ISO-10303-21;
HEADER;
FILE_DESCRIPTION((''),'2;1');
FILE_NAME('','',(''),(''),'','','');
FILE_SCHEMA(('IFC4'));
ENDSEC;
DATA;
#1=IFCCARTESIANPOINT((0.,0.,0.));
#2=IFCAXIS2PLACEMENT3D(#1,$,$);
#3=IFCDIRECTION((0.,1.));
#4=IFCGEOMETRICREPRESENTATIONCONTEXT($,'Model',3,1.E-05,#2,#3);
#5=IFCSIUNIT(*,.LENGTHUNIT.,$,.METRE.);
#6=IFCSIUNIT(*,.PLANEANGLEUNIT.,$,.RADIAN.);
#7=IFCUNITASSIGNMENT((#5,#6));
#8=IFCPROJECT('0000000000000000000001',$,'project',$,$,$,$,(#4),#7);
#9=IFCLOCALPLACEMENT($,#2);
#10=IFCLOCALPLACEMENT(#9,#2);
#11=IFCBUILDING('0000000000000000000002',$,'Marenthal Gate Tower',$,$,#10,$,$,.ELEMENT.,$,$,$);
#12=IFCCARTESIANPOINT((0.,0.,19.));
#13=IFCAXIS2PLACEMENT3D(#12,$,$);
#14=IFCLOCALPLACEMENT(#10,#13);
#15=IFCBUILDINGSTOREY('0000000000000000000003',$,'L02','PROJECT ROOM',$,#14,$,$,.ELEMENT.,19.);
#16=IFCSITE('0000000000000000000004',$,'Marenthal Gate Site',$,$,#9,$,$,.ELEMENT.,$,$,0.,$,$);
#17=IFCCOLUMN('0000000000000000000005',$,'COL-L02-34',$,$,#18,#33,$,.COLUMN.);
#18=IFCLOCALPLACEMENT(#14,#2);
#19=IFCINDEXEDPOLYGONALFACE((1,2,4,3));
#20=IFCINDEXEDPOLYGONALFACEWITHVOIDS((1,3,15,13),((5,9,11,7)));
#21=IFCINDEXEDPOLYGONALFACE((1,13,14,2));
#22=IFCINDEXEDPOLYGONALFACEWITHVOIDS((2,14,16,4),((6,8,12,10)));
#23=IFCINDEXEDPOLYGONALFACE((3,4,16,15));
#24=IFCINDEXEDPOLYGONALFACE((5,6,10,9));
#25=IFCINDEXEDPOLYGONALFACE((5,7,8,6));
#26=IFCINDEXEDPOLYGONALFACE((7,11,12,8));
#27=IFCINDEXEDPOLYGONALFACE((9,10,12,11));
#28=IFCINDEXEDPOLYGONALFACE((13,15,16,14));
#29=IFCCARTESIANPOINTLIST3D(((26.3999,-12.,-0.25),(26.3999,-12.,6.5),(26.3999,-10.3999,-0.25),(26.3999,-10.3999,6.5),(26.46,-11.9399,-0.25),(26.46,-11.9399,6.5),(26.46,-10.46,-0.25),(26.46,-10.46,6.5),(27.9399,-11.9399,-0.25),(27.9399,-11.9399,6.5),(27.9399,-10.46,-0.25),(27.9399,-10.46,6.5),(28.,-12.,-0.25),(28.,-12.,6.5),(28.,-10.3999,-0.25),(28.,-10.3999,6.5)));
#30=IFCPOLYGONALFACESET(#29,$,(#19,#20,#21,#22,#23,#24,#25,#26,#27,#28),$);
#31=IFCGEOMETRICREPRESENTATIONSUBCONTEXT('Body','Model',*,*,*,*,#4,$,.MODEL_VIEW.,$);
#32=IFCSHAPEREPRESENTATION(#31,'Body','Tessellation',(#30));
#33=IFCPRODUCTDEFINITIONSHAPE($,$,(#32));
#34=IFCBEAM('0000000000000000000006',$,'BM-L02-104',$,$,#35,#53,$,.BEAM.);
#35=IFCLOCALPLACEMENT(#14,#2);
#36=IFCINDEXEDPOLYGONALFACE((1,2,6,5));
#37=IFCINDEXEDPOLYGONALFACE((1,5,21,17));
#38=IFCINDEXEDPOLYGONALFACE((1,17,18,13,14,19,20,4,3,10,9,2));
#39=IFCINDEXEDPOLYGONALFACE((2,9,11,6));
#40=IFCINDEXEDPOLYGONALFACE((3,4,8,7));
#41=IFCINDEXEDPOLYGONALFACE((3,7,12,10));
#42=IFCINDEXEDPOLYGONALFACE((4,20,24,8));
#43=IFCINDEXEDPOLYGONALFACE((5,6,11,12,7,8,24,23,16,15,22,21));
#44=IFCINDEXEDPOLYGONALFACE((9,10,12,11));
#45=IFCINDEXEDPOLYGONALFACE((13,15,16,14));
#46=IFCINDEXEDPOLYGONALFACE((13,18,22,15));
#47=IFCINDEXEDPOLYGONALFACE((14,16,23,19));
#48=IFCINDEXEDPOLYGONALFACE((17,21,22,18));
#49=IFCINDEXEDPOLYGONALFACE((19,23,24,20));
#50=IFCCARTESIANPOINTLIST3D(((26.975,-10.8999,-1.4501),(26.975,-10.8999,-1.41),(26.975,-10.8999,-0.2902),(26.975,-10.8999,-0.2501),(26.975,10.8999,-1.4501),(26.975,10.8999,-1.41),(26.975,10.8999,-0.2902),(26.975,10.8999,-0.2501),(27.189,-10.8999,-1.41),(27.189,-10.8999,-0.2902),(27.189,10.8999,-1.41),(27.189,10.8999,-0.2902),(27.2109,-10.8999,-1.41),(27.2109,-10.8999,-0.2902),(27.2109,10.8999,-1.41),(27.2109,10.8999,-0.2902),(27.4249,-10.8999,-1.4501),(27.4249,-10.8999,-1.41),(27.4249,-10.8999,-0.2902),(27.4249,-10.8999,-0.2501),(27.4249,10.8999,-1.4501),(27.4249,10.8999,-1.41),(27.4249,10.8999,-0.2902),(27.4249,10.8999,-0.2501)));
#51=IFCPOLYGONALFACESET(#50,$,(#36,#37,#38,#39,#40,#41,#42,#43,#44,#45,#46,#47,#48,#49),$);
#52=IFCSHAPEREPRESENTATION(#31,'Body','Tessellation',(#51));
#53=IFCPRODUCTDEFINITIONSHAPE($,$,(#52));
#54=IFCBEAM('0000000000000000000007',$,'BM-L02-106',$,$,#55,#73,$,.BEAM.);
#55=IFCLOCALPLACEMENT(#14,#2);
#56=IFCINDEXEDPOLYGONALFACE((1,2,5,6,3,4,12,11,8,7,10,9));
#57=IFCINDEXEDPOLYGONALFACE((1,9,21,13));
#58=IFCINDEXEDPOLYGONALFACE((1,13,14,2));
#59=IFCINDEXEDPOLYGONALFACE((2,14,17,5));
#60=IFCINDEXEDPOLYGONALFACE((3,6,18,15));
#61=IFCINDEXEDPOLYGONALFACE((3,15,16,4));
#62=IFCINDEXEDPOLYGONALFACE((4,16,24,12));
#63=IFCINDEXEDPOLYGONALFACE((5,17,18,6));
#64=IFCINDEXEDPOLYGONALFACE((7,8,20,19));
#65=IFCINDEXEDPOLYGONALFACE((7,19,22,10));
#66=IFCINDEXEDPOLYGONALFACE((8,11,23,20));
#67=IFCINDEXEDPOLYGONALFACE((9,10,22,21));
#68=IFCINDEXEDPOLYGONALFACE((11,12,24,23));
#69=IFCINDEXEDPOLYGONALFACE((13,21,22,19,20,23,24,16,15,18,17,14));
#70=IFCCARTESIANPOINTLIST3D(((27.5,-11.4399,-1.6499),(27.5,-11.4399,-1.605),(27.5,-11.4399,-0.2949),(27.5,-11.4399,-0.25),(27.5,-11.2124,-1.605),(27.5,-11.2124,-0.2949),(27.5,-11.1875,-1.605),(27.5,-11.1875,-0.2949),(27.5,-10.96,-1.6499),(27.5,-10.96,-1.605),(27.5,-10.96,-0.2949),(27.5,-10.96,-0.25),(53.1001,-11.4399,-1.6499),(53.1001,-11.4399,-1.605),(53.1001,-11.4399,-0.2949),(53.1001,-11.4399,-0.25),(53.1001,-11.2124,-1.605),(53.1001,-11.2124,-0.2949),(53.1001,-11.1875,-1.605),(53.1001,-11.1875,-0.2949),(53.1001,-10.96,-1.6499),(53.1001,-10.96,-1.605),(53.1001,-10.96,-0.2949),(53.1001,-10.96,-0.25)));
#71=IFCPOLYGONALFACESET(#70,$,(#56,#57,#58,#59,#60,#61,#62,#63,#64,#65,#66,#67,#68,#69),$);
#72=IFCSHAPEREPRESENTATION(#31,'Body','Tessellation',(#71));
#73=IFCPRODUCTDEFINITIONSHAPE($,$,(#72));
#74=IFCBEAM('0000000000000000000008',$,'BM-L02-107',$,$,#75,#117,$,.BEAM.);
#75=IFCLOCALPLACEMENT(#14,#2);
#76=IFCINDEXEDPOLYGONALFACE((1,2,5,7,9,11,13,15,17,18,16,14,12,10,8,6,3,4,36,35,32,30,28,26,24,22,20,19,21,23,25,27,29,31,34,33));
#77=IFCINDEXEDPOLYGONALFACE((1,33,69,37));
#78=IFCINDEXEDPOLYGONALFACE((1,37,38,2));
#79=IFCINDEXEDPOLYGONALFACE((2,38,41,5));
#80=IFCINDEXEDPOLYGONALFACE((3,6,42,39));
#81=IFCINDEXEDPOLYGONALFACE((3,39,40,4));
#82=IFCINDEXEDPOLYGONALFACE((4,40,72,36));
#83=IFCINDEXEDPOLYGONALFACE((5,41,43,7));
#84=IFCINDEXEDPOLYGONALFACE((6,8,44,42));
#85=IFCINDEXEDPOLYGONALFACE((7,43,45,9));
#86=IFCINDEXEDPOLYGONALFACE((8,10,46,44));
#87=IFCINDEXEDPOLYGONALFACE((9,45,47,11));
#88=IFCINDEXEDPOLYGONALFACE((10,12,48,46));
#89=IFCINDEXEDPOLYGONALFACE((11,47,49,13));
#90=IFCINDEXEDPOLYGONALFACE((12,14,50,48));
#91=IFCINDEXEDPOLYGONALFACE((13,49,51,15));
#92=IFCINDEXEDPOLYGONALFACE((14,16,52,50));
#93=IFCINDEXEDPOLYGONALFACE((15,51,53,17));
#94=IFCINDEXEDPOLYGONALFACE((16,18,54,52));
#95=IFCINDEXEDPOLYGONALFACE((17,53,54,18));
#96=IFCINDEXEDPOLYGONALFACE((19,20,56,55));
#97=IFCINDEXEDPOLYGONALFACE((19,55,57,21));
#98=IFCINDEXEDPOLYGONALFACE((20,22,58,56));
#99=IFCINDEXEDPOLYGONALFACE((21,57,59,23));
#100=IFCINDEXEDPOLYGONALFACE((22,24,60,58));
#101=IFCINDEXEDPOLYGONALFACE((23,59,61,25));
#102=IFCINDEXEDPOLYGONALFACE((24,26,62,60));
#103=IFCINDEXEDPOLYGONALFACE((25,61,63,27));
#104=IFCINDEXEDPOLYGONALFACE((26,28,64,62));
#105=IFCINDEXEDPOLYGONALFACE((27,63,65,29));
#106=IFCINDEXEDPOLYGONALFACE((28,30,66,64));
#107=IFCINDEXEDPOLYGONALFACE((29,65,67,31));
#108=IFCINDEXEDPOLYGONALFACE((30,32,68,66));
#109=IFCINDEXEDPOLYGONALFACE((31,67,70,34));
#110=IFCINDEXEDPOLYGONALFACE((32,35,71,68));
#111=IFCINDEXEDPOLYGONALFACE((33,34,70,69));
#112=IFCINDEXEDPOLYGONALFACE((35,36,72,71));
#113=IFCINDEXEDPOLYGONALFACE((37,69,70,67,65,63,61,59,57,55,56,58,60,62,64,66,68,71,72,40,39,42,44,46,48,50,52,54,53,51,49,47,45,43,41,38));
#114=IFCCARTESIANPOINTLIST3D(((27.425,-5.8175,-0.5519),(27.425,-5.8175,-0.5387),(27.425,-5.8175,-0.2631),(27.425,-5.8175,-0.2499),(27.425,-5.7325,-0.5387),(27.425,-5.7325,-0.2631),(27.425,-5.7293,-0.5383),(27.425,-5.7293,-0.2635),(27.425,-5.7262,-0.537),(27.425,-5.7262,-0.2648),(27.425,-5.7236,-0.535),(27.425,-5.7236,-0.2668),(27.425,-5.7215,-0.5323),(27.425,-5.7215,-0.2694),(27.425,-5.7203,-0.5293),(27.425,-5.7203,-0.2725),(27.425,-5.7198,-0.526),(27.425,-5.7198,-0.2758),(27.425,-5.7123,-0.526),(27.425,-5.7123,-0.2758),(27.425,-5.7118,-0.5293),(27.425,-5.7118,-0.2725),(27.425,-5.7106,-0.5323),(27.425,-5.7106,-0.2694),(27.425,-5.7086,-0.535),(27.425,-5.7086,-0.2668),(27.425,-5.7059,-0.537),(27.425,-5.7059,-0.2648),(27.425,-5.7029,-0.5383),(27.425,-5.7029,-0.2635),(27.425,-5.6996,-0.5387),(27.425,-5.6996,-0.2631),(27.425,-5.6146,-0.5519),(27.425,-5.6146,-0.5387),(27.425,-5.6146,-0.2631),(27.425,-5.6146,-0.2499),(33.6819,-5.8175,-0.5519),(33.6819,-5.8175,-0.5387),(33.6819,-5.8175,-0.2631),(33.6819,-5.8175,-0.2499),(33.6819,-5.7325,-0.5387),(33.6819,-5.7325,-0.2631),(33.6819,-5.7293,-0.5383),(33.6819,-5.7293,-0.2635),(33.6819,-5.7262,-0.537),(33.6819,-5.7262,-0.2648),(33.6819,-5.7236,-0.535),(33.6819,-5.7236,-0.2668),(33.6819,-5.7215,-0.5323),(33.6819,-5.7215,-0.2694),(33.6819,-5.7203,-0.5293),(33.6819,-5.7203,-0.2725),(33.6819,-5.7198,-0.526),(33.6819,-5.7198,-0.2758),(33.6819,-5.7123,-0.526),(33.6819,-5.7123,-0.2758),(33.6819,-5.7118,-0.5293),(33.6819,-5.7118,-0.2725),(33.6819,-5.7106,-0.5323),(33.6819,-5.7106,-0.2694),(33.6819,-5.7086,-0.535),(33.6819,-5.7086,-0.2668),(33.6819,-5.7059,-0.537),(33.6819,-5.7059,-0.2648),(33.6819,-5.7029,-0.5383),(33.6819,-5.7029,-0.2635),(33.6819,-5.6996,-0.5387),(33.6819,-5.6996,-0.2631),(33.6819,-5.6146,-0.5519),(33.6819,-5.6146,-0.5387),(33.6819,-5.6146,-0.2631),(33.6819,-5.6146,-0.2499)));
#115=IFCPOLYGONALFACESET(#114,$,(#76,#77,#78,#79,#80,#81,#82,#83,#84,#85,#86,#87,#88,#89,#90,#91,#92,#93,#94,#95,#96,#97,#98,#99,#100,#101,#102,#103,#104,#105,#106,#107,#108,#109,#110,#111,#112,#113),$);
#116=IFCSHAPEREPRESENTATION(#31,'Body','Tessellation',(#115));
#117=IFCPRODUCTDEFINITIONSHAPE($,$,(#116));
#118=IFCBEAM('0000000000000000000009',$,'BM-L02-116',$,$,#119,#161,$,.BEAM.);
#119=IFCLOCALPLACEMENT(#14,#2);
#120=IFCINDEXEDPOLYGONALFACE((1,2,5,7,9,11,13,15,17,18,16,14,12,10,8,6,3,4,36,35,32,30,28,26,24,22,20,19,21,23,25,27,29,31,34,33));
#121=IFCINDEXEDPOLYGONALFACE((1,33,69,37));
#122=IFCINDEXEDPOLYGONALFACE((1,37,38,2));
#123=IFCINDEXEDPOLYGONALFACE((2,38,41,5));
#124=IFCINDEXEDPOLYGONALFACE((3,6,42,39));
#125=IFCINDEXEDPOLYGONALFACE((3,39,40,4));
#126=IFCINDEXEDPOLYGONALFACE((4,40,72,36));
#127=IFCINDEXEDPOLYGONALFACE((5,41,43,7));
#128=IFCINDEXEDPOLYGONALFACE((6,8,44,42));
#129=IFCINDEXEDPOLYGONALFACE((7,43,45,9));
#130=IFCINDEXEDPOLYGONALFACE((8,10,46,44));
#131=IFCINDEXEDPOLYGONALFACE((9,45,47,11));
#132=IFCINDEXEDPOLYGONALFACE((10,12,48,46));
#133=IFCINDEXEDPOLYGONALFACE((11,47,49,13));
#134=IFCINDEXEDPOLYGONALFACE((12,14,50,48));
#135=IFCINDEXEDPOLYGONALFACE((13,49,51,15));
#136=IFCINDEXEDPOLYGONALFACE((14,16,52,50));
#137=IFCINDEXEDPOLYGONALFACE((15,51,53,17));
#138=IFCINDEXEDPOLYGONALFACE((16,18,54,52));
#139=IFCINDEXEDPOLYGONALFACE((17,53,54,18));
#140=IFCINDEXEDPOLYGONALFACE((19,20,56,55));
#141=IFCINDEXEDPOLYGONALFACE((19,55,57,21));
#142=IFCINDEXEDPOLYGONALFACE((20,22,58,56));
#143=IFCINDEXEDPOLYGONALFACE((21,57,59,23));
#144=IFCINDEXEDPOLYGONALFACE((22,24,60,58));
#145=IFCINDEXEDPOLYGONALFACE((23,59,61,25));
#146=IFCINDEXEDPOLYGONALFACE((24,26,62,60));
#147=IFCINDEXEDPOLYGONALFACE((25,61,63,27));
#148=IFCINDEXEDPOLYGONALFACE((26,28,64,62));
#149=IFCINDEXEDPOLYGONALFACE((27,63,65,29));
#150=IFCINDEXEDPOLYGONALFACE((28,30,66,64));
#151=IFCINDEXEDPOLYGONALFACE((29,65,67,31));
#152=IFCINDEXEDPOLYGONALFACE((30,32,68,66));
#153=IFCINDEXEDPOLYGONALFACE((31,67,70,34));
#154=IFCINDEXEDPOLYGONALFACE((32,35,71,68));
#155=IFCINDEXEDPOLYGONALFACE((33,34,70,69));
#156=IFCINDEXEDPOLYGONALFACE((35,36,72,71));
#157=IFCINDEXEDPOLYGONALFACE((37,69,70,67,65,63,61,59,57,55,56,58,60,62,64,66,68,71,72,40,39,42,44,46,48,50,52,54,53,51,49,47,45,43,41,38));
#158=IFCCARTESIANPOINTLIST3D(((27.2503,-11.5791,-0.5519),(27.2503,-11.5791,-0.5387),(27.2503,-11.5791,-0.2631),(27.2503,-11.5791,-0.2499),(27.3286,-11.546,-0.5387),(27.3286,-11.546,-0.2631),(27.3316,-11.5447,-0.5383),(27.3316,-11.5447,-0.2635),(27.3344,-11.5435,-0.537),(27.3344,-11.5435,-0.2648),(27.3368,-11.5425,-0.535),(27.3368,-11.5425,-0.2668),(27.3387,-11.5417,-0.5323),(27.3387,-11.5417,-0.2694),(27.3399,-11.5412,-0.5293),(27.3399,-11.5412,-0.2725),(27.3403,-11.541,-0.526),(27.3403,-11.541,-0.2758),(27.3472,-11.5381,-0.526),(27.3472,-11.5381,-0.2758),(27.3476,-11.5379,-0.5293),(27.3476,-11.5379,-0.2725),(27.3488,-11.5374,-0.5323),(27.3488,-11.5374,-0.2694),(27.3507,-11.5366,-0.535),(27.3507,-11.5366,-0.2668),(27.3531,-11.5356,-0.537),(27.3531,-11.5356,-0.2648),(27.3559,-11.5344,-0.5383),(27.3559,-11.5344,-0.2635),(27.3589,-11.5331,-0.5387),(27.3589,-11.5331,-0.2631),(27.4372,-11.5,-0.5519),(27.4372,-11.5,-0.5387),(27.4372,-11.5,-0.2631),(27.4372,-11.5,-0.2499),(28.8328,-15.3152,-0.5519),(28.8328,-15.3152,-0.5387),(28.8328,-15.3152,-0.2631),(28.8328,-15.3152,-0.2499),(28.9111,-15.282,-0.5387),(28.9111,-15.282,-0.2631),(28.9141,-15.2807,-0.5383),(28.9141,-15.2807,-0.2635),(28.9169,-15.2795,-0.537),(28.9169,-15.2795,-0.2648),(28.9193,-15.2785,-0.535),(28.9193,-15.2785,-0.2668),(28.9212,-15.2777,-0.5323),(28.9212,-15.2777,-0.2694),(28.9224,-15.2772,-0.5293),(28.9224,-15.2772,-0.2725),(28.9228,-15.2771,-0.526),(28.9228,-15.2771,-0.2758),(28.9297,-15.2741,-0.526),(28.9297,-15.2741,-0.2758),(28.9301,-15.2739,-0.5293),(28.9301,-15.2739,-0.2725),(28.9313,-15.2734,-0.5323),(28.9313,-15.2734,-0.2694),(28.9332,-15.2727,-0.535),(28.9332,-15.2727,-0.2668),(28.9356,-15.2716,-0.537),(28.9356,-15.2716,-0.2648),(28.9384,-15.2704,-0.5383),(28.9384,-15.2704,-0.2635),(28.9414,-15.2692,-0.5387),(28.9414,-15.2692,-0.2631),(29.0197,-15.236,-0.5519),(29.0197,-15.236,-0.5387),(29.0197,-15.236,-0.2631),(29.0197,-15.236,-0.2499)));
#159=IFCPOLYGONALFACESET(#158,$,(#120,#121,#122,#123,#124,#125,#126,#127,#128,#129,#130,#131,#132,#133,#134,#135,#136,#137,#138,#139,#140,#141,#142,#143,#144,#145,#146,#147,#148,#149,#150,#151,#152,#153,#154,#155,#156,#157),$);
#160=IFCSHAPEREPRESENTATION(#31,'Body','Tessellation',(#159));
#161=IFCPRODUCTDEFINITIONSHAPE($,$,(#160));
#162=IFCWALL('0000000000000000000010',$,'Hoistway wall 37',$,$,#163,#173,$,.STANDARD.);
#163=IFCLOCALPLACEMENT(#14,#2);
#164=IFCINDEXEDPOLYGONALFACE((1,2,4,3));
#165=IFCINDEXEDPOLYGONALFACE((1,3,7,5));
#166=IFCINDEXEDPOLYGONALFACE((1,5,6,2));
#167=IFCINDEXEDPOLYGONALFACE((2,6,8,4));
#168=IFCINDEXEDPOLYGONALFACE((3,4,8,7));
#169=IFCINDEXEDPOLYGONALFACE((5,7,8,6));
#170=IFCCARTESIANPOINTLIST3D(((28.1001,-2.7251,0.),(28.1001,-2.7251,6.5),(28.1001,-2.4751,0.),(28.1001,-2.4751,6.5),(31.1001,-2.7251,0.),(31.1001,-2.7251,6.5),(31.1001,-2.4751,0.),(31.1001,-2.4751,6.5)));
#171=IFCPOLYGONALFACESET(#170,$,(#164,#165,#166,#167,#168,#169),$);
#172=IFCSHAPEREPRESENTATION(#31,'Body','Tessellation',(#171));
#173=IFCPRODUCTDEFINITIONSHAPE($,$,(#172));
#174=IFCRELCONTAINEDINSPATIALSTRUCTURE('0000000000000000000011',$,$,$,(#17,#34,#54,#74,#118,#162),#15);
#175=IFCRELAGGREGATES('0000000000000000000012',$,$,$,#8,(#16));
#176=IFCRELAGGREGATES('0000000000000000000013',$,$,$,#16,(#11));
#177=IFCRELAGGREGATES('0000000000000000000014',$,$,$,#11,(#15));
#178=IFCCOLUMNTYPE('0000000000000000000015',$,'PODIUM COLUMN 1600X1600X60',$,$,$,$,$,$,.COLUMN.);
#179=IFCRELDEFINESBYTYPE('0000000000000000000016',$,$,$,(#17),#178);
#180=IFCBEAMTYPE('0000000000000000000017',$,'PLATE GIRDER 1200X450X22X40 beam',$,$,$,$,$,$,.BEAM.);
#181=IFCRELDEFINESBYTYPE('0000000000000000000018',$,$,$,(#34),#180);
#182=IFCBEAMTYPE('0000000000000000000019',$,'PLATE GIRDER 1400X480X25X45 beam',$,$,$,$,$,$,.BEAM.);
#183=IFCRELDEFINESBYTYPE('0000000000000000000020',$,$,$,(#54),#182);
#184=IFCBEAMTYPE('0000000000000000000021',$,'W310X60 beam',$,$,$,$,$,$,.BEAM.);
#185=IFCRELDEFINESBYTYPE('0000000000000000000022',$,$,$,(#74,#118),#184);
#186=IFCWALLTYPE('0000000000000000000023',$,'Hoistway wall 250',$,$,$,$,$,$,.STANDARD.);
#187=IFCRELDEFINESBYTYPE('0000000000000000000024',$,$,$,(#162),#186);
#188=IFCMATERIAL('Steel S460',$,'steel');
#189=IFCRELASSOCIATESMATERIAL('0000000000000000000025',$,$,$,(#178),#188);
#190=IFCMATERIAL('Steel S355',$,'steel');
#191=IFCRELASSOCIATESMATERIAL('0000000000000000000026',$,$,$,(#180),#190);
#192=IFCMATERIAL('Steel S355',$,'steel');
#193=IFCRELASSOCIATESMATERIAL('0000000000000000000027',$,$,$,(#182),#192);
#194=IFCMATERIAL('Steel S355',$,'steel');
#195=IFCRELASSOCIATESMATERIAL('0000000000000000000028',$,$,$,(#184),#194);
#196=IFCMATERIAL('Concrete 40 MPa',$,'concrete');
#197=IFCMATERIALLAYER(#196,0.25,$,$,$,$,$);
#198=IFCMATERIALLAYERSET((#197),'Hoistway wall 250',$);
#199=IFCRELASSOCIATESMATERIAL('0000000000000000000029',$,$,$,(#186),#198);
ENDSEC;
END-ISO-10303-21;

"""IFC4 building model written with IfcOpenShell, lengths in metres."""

from ifc_helpers import new_model, si_unit, direction, frame, frame_2d, origin, origin_2d, place, context, subcontext, project, spatial, rectangle, hollow_rectangle, i_section, extrude, material, layer, layer_set, material_profile, profile_set, type_object, element, save


model = new_model("IFC4")

# Units and contexts
model_context = context("Model", 3, precision=1e-05, world=origin(), true_north=direction((0.0, 1.0)))
body_context = subcontext(model_context, "Body", "Model", "MODEL_VIEW")
ifc_project = project(units=[si_unit("LENGTHUNIT", "METRE"), si_unit("PLANEANGLEUNIT", "RADIAN")], contexts=[model_context])

# Site, building, storey
site_placement = place(None, origin())
site = spatial("IfcSite", under=ifc_project, at=site_placement, Name="Marenthal Gate Site", CompositionType="ELEMENT", RefElevation=0.0)
building_placement = place(site_placement, origin())
building = spatial("IfcBuilding", under=site, at=building_placement, Name="Marenthal Gate Tower", CompositionType="ELEMENT")
storey_placement = place(building_placement, frame((0.0, 0.0, 19.0)))
storey = spatial("IfcBuildingStorey", under=building, at=storey_placement, Name="L02", Description="PROJECT ROOM", CompositionType="ELEMENT", Elevation=19.0)

# Column
ifc_material_1 = material(Name="Steel S460", Category="steel")
ifc_material_profile_1 = material_profile(ifc_material_1, hollow_rectangle(XDim=1.6001, YDim=1.6001, WallThickness=0.0601, at=origin_2d()), Name="CFT BOX 1600X1600X60")
ifc_material_2 = material(Name="Concrete 70 MPa", Category="concrete")
ifc_material_profile_2 = material_profile(ifc_material_2, rectangle(XDim=1.48, YDim=1.48, at=origin_2d()), Name="CFT BOX 1600X1600X60 INFILL")
ifc_profile_set_1 = profile_set([ifc_material_profile_1, ifc_material_profile_2], Name="Steel S460 shell, Concrete 70 MPa infill")
column_type = type_object("IfcColumnType", Name="PODIUM COLUMN 1600X1600X60", PredefinedType="COLUMN", material=ifc_profile_set_1)
column_placement = place(storey_placement, frame((27.2, -11.2, -0.25), z_axis=(0.0, 0.0, 1.0), x_axis=(1.0, 0.0, 0.0)))
element("IfcColumn", 1, at=column_placement, inside=storey, type_object=column_type, Name="COL-L02-34", PredefinedType="COLUMN", context=body_context, shape_type="SweptSolid", body=[
    extrude(hollow_rectangle(XDim=1.6001, YDim=1.6001, WallThickness=0.0601, at=origin_2d()), origin(), (0.0, 0.0, 1.0), 6.75),
])

# Beams
ifc_material_3 = material(Name="Steel S355", Category="steel")
ifc_material_profile_3 = material_profile(ifc_material_3, i_section(OverallWidth=0.45, OverallDepth=1.2, WebThickness=0.022, FlangeThickness=0.04, at=origin_2d()), Name="PLATE GIRDER 1200X450X22X40")
ifc_profile_set_2 = profile_set([ifc_material_profile_3], Name="Steel S355")
beam_type_1 = type_object("IfcBeamType", Name="PLATE GIRDER 1200X450X22X40 beam", PredefinedType="BEAM", material=ifc_profile_set_2)
beam_1_placement = place(storey_placement, frame((27.2, -10.8999, -0.8501), z_axis=(0.0, 1.0, 0.0), x_axis=(-1.0, 0.0, 0.0)))
element("IfcBeam", 2, at=beam_1_placement, inside=storey, type_object=beam_type_1, Name="BM-L02-104", PredefinedType="BEAM", context=body_context, shape_type="SweptSolid", body=[
    extrude(i_section(OverallWidth=0.45, OverallDepth=1.2, WebThickness=0.022, FlangeThickness=0.04, at=origin_2d()), origin(), (0.0, 0.0, 1.0), 21.7998),
])
ifc_material_4 = material(Name="Steel S355", Category="steel")
ifc_material_profile_4 = material_profile(ifc_material_4, i_section(OverallWidth=0.48, OverallDepth=1.3999, WebThickness=0.0249, FlangeThickness=0.0449, at=origin_2d()), Name="PLATE GIRDER 1400X480X25X45")
ifc_profile_set_3 = profile_set([ifc_material_profile_4], Name="Steel S355")
beam_type_2 = type_object("IfcBeamType", Name="PLATE GIRDER 1400X480X25X45 beam", PredefinedType="BEAM", material=ifc_profile_set_3)
beam_2_placement = place(storey_placement, frame((27.5, -11.2, -0.95), z_axis=(1.0, 0.0, 0.0), x_axis=(0.0, 1.0, 0.0)))
element("IfcBeam", 3, at=beam_2_placement, inside=storey, type_object=beam_type_2, Name="BM-L02-106", PredefinedType="BEAM", context=body_context, shape_type="SweptSolid", body=[
    extrude(i_section(OverallWidth=0.48, OverallDepth=1.3999, WebThickness=0.0249, FlangeThickness=0.0449, at=origin_2d()), origin(), (0.0, 0.0, 1.0), 25.6001),
])
ifc_material_5 = material(Name="Steel S355", Category="steel")
ifc_material_profile_5 = material_profile(ifc_material_5, i_section(OverallWidth=0.2029, OverallDepth=0.302, WebThickness=0.0076, FlangeThickness=0.0132, FilletRadius=0.0127, at=origin_2d()), Name="W310X60")
ifc_profile_set_4 = profile_set([ifc_material_profile_5], Name="Steel S355")
beam_type_3 = type_object("IfcBeamType", Name="W310X60 beam", PredefinedType="BEAM", material=ifc_profile_set_4)
beam_3_placement = place(storey_placement, frame((27.425, -5.7161, -0.4009), z_axis=(1.0, 0.0, 0.0), x_axis=(0.0, 1.0, 0.0)))
element("IfcBeam", 4, at=beam_3_placement, inside=storey, type_object=beam_type_3, Name="BM-L02-107", PredefinedType="BEAM", context=body_context, shape_type="SweptSolid", body=[
    extrude(i_section(OverallWidth=0.2029, OverallDepth=0.302, WebThickness=0.0076, FlangeThickness=0.0132, FilletRadius=0.0127, at=origin_2d()), origin(), (0.0, 0.0, 1.0), 6.2568),
])
beam_4_placement = place(storey_placement, frame((27.3438, -11.5396, -0.4009), z_axis=(0.390031, -0.920802, 0.0), x_axis=(0.920802, 0.390031, 0.0)))
element("IfcBeam", 5, at=beam_4_placement, inside=storey, type_object=beam_type_3, Name="BM-L02-116", PredefinedType="BEAM", context=body_context, shape_type="SweptSolid", body=[
    extrude(i_section(OverallWidth=0.2029, OverallDepth=0.302, WebThickness=0.0076, FlangeThickness=0.0132, FilletRadius=0.0127, at=origin_2d()), origin(), (0.0, 0.0, 1.0), 4.0574),
])

# Wall
ifc_material_6 = material(Name="Concrete 40 MPa", Category="concrete")
ifc_layer_1 = layer(ifc_material_6, 0.25)
ifc_layer_set_1 = layer_set([ifc_layer_1], Name="Hoistway wall 250")
wall_type_1 = type_object("IfcWallType", Name="Hoistway wall 250", PredefinedType="STANDARD", material=ifc_layer_set_1)
wall_1_placement = place(storey_placement, frame((28.1001, -2.6001, 0.0), z_axis=(0.0, 0.0, 1.0), x_axis=(1.0, 0.0, 0.0)))
element("IfcWall", 6, at=wall_1_placement, inside=storey, type_object=wall_type_1, Name="Hoistway wall 37", PredefinedType="STANDARD", context=body_context, shape_type="SweptSolid", body=[
    extrude(rectangle(XDim=3.0, YDim=0.25, at=frame_2d((1.5, 0.0))), origin(), (0.0, 0.0, 1.0), 6.5),
])

save(model, "model.ifc")
